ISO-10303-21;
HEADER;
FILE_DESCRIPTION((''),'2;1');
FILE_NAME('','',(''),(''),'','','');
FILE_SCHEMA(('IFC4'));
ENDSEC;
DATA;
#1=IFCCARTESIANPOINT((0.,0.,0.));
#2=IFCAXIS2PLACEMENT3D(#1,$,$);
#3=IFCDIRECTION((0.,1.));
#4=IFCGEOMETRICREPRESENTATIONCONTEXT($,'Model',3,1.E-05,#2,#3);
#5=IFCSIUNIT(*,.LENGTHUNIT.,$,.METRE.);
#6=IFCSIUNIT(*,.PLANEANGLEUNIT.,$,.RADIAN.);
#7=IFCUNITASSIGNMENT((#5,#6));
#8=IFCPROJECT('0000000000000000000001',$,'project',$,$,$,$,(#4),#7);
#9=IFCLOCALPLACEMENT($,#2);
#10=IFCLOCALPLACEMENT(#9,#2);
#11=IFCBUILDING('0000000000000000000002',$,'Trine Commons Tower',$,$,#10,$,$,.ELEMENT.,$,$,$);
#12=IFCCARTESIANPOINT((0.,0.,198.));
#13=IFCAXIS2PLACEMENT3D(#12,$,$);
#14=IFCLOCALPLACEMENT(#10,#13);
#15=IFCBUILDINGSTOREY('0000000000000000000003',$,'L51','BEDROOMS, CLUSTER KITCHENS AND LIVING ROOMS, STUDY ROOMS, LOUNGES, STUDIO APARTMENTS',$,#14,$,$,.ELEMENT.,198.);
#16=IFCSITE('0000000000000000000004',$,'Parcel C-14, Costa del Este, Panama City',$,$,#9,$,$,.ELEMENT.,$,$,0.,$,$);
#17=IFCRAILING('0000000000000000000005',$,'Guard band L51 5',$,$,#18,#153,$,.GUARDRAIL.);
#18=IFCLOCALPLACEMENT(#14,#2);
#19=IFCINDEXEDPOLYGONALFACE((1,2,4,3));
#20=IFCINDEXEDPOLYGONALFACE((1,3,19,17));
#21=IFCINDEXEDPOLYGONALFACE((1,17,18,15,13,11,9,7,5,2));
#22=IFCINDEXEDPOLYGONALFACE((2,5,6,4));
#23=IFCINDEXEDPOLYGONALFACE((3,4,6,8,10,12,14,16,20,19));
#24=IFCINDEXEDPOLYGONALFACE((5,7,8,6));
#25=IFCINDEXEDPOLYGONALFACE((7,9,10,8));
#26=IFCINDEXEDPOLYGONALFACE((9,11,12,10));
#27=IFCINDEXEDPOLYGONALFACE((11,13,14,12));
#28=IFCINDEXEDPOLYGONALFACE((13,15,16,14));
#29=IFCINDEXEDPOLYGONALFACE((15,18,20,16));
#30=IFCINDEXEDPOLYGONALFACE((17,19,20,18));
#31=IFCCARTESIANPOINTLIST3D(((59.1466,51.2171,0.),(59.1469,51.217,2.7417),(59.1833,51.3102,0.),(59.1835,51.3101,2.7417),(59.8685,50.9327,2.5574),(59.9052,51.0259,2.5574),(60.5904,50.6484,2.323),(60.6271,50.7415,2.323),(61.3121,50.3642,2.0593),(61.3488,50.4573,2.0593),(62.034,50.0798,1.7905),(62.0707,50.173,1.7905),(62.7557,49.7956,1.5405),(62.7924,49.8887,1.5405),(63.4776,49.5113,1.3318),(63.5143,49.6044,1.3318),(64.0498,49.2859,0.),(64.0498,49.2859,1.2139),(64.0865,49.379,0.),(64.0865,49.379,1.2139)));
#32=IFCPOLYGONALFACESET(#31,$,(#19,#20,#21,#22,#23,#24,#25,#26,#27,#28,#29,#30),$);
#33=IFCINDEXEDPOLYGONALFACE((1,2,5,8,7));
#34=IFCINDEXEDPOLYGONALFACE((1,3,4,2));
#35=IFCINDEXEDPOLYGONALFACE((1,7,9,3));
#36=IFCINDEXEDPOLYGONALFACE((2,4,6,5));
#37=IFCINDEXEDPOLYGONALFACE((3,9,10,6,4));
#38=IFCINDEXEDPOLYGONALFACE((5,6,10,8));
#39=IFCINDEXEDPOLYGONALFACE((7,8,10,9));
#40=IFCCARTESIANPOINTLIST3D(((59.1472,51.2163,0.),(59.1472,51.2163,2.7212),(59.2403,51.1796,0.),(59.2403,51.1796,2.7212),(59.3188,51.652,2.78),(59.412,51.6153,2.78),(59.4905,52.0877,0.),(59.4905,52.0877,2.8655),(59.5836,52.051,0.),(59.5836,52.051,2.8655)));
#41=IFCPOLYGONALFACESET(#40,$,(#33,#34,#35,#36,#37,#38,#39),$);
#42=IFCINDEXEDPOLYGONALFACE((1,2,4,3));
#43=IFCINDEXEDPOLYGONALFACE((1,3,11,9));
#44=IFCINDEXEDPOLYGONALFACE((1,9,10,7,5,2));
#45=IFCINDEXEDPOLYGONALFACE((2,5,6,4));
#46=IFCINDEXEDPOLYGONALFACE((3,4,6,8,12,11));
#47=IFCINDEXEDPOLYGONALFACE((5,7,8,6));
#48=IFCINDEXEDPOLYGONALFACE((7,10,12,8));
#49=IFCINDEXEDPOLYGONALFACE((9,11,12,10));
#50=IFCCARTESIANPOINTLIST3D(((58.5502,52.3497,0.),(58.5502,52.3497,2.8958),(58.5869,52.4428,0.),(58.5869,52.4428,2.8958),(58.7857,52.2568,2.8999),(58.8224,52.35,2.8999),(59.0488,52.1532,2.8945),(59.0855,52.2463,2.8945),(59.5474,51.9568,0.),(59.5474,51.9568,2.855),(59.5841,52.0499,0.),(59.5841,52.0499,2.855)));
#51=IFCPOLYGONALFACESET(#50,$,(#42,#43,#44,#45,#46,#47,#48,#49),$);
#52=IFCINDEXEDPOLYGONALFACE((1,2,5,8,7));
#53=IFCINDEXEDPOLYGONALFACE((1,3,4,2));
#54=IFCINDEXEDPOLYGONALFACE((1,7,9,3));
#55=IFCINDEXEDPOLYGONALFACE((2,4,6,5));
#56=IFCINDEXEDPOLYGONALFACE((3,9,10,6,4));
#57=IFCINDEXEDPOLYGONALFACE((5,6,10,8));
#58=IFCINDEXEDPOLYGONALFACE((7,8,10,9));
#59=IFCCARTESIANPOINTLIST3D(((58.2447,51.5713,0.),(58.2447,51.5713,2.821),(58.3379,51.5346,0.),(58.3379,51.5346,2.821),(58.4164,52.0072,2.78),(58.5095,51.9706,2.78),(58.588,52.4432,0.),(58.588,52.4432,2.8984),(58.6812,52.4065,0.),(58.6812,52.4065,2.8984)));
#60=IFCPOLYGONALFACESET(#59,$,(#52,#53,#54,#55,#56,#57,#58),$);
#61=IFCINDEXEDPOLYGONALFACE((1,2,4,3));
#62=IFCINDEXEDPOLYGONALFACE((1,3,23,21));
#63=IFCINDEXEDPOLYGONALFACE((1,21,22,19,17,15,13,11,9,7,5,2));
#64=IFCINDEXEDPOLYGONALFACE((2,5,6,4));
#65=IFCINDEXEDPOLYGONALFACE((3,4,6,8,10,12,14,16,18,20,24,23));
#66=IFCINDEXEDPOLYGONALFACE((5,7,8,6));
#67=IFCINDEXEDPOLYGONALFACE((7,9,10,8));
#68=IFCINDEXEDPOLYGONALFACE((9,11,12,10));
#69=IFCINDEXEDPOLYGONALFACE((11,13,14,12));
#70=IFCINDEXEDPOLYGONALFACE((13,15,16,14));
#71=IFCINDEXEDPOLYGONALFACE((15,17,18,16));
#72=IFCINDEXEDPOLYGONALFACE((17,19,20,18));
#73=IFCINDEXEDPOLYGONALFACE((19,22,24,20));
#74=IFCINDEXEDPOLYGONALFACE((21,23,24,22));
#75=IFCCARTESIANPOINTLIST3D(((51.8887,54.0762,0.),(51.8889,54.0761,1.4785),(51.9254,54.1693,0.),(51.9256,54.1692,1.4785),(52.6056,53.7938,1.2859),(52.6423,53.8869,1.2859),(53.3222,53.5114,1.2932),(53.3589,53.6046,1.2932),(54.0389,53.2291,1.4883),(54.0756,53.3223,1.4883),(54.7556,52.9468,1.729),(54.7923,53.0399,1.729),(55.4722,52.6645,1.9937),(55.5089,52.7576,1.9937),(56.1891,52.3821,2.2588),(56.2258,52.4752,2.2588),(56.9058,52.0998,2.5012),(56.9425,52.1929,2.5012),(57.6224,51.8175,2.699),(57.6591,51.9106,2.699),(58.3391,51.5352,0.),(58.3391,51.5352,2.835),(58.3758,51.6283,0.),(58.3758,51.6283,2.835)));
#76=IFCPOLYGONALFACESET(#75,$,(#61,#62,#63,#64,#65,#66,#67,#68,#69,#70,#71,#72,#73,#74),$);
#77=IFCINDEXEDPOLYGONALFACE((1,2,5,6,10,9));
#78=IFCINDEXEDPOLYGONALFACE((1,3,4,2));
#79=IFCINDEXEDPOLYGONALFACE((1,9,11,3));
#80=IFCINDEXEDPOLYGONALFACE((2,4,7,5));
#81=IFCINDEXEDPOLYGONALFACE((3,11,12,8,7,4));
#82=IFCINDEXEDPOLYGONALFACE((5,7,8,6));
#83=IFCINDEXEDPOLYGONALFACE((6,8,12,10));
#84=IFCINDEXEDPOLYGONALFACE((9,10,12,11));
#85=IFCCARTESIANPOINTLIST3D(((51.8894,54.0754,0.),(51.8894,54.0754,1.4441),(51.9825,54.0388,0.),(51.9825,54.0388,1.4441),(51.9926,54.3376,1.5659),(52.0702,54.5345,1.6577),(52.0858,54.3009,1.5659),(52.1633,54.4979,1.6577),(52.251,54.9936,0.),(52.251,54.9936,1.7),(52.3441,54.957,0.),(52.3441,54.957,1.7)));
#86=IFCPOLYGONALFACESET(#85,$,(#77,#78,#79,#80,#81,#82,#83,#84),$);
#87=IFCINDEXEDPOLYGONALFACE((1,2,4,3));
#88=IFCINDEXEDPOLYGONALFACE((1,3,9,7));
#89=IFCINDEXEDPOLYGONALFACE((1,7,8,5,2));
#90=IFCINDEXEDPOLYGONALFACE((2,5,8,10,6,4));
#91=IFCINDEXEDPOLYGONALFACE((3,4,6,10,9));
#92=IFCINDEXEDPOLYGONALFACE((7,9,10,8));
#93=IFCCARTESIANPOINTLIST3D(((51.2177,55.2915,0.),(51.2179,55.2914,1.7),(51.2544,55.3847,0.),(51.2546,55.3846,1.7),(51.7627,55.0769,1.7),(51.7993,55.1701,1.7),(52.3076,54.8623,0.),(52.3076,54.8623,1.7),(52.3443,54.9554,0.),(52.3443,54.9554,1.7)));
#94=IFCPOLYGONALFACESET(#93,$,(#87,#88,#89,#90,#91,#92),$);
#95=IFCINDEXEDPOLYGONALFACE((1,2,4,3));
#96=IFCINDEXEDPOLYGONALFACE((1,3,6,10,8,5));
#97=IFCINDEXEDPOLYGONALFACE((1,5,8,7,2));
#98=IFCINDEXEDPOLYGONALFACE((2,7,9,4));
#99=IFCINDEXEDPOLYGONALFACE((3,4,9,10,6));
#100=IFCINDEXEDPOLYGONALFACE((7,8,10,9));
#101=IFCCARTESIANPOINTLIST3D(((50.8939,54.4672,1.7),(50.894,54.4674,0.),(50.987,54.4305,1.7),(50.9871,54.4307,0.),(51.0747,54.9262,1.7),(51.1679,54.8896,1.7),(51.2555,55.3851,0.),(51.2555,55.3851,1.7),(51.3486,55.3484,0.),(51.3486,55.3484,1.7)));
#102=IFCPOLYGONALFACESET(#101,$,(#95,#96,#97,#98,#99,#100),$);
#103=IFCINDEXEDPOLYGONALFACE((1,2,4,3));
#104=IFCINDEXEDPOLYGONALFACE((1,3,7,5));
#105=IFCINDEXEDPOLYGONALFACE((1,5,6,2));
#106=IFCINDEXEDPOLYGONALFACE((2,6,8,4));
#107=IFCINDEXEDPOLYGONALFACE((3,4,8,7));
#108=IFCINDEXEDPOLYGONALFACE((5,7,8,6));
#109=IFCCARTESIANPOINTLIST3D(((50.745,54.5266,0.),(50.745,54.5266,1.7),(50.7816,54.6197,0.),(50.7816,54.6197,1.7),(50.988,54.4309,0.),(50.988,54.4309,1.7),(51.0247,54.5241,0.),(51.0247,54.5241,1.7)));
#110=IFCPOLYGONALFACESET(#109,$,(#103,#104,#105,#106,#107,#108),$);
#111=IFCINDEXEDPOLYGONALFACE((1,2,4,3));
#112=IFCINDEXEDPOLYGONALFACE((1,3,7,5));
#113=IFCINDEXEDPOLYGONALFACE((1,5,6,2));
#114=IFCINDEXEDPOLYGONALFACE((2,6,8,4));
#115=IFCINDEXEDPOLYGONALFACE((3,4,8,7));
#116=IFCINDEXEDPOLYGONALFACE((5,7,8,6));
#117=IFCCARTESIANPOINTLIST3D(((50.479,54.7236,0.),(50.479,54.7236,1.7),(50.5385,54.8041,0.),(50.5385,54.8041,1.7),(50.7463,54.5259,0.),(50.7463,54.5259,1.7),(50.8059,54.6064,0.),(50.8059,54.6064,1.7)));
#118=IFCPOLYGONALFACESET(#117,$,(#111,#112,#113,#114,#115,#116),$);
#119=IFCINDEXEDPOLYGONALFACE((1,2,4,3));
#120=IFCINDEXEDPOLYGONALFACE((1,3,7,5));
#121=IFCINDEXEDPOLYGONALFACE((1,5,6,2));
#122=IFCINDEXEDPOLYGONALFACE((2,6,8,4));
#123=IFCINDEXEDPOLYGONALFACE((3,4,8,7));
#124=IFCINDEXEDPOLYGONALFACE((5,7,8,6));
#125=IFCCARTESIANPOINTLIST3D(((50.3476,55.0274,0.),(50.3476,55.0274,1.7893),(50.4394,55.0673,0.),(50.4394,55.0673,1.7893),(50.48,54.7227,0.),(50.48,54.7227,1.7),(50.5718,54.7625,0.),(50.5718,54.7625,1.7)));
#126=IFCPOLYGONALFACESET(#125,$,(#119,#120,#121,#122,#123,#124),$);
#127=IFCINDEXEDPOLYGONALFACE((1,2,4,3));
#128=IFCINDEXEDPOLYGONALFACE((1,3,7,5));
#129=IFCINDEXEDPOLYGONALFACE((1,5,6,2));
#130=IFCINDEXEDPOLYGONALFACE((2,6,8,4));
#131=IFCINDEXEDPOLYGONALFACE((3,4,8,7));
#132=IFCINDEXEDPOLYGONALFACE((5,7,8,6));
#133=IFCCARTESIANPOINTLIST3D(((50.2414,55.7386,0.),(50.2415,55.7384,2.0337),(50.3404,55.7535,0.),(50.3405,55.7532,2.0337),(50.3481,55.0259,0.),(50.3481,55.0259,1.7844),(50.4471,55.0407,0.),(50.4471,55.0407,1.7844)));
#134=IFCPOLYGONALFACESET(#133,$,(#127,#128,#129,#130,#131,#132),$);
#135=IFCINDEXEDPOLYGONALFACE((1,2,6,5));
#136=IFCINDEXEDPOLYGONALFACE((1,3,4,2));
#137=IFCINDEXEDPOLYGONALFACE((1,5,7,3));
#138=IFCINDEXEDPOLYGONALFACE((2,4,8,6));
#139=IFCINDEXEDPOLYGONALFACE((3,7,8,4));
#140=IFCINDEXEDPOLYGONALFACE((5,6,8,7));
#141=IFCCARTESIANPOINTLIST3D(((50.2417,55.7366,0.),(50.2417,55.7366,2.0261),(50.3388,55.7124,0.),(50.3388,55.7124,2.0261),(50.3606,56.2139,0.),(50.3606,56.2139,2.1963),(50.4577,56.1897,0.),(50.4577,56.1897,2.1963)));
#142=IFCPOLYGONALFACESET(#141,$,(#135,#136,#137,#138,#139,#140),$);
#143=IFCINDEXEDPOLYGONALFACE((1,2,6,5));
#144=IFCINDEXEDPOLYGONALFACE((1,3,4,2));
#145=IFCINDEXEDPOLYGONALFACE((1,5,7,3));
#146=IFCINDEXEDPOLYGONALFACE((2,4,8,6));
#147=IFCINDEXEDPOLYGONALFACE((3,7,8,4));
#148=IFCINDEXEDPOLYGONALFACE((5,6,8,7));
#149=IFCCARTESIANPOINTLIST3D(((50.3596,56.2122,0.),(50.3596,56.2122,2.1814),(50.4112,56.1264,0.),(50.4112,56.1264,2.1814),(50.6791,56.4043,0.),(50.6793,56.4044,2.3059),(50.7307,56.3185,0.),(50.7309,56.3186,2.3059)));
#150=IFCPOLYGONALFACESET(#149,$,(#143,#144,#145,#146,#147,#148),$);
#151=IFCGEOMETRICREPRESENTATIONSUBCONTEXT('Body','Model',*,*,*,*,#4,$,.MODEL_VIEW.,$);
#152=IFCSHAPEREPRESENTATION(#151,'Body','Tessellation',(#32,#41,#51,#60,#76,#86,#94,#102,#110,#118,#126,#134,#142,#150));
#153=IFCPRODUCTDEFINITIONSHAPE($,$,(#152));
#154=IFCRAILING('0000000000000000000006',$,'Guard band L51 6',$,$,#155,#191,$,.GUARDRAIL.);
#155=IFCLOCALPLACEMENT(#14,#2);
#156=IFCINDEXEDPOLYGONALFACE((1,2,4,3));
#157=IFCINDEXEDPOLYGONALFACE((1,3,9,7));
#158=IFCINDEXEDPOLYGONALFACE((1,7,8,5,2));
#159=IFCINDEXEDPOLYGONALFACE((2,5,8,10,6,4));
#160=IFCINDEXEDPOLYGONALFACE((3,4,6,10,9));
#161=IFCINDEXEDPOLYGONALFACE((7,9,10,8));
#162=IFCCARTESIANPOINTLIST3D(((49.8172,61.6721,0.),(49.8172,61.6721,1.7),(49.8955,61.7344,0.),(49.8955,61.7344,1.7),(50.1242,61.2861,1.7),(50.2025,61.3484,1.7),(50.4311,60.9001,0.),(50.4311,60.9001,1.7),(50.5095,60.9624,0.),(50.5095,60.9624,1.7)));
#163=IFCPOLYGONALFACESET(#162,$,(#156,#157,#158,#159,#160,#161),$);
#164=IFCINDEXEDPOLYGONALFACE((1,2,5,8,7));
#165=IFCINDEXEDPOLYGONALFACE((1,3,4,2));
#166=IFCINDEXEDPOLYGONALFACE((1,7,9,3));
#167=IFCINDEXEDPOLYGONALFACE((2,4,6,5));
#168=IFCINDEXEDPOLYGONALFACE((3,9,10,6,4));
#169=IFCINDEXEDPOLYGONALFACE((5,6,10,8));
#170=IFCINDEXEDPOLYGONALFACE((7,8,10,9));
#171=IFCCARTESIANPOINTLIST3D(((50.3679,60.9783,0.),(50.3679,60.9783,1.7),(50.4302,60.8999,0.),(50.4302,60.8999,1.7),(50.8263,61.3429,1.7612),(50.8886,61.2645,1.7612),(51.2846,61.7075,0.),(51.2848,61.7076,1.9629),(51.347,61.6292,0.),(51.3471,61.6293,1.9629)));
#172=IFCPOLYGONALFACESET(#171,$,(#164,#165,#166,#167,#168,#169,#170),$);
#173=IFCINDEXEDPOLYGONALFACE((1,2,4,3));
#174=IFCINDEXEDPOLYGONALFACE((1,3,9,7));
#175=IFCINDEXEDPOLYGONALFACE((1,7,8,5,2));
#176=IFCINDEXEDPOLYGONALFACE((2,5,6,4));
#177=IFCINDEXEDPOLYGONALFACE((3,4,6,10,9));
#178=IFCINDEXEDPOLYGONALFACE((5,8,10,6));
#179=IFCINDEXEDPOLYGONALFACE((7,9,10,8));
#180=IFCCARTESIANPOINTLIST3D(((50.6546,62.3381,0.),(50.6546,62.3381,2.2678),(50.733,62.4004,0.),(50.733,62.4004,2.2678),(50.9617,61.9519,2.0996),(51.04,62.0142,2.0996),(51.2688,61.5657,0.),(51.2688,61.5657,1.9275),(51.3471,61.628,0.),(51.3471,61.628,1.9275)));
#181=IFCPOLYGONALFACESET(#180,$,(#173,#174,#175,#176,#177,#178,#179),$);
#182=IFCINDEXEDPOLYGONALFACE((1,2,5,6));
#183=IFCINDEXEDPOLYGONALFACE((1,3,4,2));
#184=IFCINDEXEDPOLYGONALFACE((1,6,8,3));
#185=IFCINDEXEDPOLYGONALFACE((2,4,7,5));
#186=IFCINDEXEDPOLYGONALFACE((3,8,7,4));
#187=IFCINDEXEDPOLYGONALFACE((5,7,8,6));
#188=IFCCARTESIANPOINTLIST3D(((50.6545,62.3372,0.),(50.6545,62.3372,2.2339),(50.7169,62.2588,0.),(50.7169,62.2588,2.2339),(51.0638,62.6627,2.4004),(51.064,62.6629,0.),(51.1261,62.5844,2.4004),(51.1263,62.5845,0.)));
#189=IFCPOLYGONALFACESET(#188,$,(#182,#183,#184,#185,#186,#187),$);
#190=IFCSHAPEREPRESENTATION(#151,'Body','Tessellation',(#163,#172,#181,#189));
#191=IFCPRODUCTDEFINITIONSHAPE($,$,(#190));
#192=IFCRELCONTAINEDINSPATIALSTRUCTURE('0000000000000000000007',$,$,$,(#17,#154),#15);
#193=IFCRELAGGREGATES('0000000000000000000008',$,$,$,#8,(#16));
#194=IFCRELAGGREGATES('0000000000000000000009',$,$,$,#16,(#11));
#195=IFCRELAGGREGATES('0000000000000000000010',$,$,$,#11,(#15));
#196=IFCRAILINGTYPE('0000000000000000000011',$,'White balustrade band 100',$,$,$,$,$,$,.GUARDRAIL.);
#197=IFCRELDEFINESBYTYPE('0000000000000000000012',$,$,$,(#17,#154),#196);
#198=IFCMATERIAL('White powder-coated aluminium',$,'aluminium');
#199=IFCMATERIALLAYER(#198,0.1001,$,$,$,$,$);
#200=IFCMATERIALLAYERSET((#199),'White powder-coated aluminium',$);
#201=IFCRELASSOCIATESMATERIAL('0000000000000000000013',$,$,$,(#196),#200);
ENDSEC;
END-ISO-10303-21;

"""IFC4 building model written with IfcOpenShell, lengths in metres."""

from ifc_helpers import new_model, si_unit, direction, frame, origin, place, context, subcontext, project, spatial, polyline, outline, extrude, material, layer, layer_set, type_object, element, save


model = new_model("IFC4")

# Units and contexts
model_context = context("Model", 3, precision=1e-05, world=origin(), true_north=direction((0.0, 1.0)))
body_context = subcontext(model_context, "Body", "Model", "MODEL_VIEW")
ifc_project = project(units=[si_unit("LENGTHUNIT", "METRE"), si_unit("PLANEANGLEUNIT", "RADIAN")], contexts=[model_context])

# Site, building, storey
site_placement = place(None, origin())
site = spatial("IfcSite", under=ifc_project, at=site_placement, Name="Parcel C-14, Costa del Este, Panama City", CompositionType="ELEMENT", RefElevation=0.0)
building_placement = place(site_placement, origin())
building = spatial("IfcBuilding", under=site, at=building_placement, Name="Trine Commons Tower", CompositionType="ELEMENT")
storey_placement = place(building_placement, frame((0.0, 0.0, 198.0)))
storey = spatial("IfcBuildingStorey", under=building, at=storey_placement, Name="L51", Description="BEDROOMS, CLUSTER KITCHENS AND LIVING ROOMS, STUDY ROOMS, LOUNGES, STUDIO APARTMENTS", CompositionType="ELEMENT", Elevation=198.0)

# Railings
ifc_material_1 = material(Name="White powder-coated aluminium", Category="aluminium")
ifc_layer_1 = layer(ifc_material_1, 0.1001)
ifc_layer_set_1 = layer_set([ifc_layer_1], Name="White powder-coated aluminium")
railing_type = type_object("IfcRailingType", Name="White balustrade band 100", PredefinedType="GUARDRAIL", material=ifc_layer_set_1)
railing_1_placement = place(storey_placement, origin())
element("IfcRailing", 1, at=railing_1_placement, inside=storey, type_object=railing_type, Name="Guard band L51 5", PredefinedType="GUARDRAIL", context=body_context, shape_type="SweptSolid", body=[
    extrude(outline(polyline([(0.0, 0.0), (5.2698, 0.0), (5.2695, 2.7417), (5.2695, 2.7417), (4.4939, 2.5574), (3.718, 2.323), (2.9424, 2.0593), (2.1665, 1.7905), (1.3909, 1.5405), (0.615, 1.3318), (0.0, 1.2139), (0.0, 0.0)])), frame((64.0498, 49.2859, 0.0), z_axis=(0.366465, 0.930432, 0.0), x_axis=(-0.930432, 0.366465, 0.0)), (0.0, 0.0, 1.0), 0.1001),
    extrude(outline(polyline([(0.0, 0.0), (0.9365, 0.0), (0.9365, 2.8655), (0.4683, 2.78), (0.0, 2.7212), (0.0, 0.0)])), frame((59.1472, 51.2163, 0.0), z_axis=(0.930406, -0.366531, 0.0), x_axis=(0.366531, 0.930406, 0.0)), (0.0, 0.0, 1.0), 0.1001),
    extrude(outline(polyline([(0.0, 0.0), (1.0718, 0.0), (1.0718, 2.8958), (0.8186, 2.8999), (0.5359, 2.8945), (0.0, 2.855), (0.0, 0.0)])), frame((59.5474, 51.9568, 0.0), z_axis=(0.366554, 0.930397, 0.0), x_axis=(-0.930397, 0.366554, 0.0)), (0.0, 0.0, 1.0), 0.1001),
    extrude(outline(polyline([(0.0, 0.0), (0.937, 0.0), (0.937, 2.821), (0.4685, 2.78), (0.0, 2.8984), (0.0, 0.0)])), frame((58.6812, 52.4065, 0.0), z_axis=(-0.930476, 0.366354, 0.0), x_axis=(-0.366354, -0.930476, 0.0)), (0.0, 0.0, 1.0), 0.1001),
    extrude(outline(polyline([(0.0, 0.0), (6.9329, 0.0), (6.9326, 1.4785), (6.1624, 1.2859), (5.3921, 1.2932), (4.6218, 1.4883), (3.8516, 1.729), (3.0813, 1.9937), (2.3108, 2.2588), (1.5405, 2.5012), (0.7703, 2.699), (0.0, 2.835), (0.0, 0.0)])), frame((58.3391, 51.5352, 0.0), z_axis=(0.366516, 0.930412, 0.0), x_axis=(-0.930412, 0.366516, 0.0)), (0.0, 0.0, 1.0), 0.1001),
    extrude(outline(polyline([(0.0, 0.0), (0.9868, 0.0), (0.9868, 1.7), (0.4934, 1.6577), (0.2817, 1.5659), (0.0, 1.4441), (0.0, 0.0)])), frame((51.8894, 54.0754, 0.0), z_axis=(0.93046, -0.366395, 0.0), x_axis=(0.366395, 0.93046, 0.0)), (0.0, 0.0, 1.0), 0.1001),
    extrude(outline(polyline([(0.0, 0.0), (1.1714, 0.0), (1.1711, 1.7), (0.5857, 1.7), (0.0, 1.7), (0.0, 0.0)])), frame((52.3076, 54.8623, 0.0), z_axis=(0.366426, 0.930447, 0.0), x_axis=(-0.930447, 0.366426, 0.0)), (0.0, 0.0, 1.0), 0.1001),
    extrude(outline(polyline([(0.0, 0.0), (0.9863, 0.0), (0.9866, 1.7), (0.4932, 1.7), (0.0, 1.7), (0.0, 0.0)])), frame((51.3486, 55.3484, 0.0), z_axis=(-0.930393, 0.366563, 0.0), x_axis=(-0.366563, -0.930393, 0.0)), (0.0, 0.0, 1.0), 0.1001),
    extrude(outline(polyline([(0.0, 0.0), (0.2612, 0.0), (0.2612, 1.7), (0.0, 1.7), (0.0, 0.0)])), frame((50.988, 54.4309, 0.0), z_axis=(0.36623, 0.930524, 0.0), x_axis=(-0.930524, 0.36623, 0.0)), (0.0, 0.0, 1.0), 0.1001),
    extrude(outline(polyline([(0.0, 0.0), (0.3325, 0.0), (0.3325, 1.7), (0.0, 1.7), (0.0, 0.0)])), frame((50.7463, 54.5259, 0.0), z_axis=(0.594701, 0.803947, 0.0), x_axis=(-0.803947, 0.594701, 0.0)), (0.0, 0.0, 1.0), 0.1001),
    extrude(outline(polyline([(0.0, 0.0), (0.3323, 0.0), (0.3323, 1.7893), (0.0, 1.7), (0.0, 0.0)])), frame((50.48, 54.7227, 0.0), z_axis=(0.917234, 0.39835, 0.0), x_axis=(-0.39835, 0.917234, 0.0)), (0.0, 0.0, 1.0), 0.1001),
    extrude(outline(polyline([(0.0, 0.0), (0.7207, 0.0), (0.7205, 2.0337), (0.0, 1.7844), (0.0, 0.0)])), frame((50.3481, 55.0259, 0.0), z_axis=(0.988979, 0.148059, 0.0), x_axis=(-0.148059, 0.988979, 0.0)), (0.0, 0.0, 1.0), 0.1001),
    extrude(outline(polyline([(0.0, 0.0), (0.4919, 0.0), (0.4919, 2.1963), (0.0, 2.0261), (0.0, 0.0)])), frame((50.2417, 55.7366, 0.0), z_axis=(0.970347, -0.241718, 0.0), x_axis=(0.241718, 0.970347, 0.0)), (0.0, 0.0, 1.0), 0.1001),
    extrude(outline(polyline([(0.0, 0.0), (0.3728, 0.0), (0.373, 2.3059), (0.0, 2.1814), (0.0, 0.0)])), frame((50.3596, 56.2122, 0.0), z_axis=(0.515266, -0.85703, 0.0), x_axis=(0.85703, 0.515266, 0.0)), (0.0, 0.0, 1.0), 0.1001),
])
railing_2_placement = place(storey_placement, origin())
element("IfcRailing", 2, at=railing_2_placement, inside=storey, type_object=railing_type, Name="Guard band L51 6", PredefinedType="GUARDRAIL", context=body_context, shape_type="SweptSolid", body=[
    extrude(outline(polyline([(0.0, 0.0), (0.9863, 0.0), (0.9863, 1.7), (0.4932, 1.7), (0.0, 1.7), (0.0, 0.0)])), frame((49.8955, 61.7344, 0.0), z_axis=(-0.782628, -0.622489, 0.0), x_axis=(0.622489, -0.782628, 0.0)), (0.0, 0.0, 1.0), 0.1001),
    extrude(outline(polyline([(0.0, 0.0), (1.1714, 0.0), (1.1716, 1.9629), (0.5857, 1.7612), (0.0, 1.7), (0.0, 0.0)])), frame((50.3679, 60.9783, 0.0), z_axis=(0.622532, -0.782594, 0.0), x_axis=(0.782594, 0.622532, 0.0)), (0.0, 0.0, 1.0), 0.1001),
    extrude(outline(polyline([(0.0, 0.0), (0.9868, 0.0), (0.9868, 2.2678), (0.4934, 2.0996), (0.0, 1.9275), (0.0, 0.0)])), frame((51.2688, 61.5657, 0.0), z_axis=(0.7827, 0.6224, 0.0), x_axis=(-0.6224, 0.7827, 0.0)), (0.0, 0.0, 1.0), 0.1001),
    extrude(outline(polyline([(0.0, 0.0), (0.5232, 0.0), (0.5229, 2.4004), (0.0, 2.2339), (0.0, 0.0)])), frame((50.6545, 62.3372, 0.0), z_axis=(0.62253, -0.782596, 0.0), x_axis=(0.782596, 0.62253, 0.0)), (0.0, 0.0, 1.0), 0.1001),
])

save(model, "model.ifc")
